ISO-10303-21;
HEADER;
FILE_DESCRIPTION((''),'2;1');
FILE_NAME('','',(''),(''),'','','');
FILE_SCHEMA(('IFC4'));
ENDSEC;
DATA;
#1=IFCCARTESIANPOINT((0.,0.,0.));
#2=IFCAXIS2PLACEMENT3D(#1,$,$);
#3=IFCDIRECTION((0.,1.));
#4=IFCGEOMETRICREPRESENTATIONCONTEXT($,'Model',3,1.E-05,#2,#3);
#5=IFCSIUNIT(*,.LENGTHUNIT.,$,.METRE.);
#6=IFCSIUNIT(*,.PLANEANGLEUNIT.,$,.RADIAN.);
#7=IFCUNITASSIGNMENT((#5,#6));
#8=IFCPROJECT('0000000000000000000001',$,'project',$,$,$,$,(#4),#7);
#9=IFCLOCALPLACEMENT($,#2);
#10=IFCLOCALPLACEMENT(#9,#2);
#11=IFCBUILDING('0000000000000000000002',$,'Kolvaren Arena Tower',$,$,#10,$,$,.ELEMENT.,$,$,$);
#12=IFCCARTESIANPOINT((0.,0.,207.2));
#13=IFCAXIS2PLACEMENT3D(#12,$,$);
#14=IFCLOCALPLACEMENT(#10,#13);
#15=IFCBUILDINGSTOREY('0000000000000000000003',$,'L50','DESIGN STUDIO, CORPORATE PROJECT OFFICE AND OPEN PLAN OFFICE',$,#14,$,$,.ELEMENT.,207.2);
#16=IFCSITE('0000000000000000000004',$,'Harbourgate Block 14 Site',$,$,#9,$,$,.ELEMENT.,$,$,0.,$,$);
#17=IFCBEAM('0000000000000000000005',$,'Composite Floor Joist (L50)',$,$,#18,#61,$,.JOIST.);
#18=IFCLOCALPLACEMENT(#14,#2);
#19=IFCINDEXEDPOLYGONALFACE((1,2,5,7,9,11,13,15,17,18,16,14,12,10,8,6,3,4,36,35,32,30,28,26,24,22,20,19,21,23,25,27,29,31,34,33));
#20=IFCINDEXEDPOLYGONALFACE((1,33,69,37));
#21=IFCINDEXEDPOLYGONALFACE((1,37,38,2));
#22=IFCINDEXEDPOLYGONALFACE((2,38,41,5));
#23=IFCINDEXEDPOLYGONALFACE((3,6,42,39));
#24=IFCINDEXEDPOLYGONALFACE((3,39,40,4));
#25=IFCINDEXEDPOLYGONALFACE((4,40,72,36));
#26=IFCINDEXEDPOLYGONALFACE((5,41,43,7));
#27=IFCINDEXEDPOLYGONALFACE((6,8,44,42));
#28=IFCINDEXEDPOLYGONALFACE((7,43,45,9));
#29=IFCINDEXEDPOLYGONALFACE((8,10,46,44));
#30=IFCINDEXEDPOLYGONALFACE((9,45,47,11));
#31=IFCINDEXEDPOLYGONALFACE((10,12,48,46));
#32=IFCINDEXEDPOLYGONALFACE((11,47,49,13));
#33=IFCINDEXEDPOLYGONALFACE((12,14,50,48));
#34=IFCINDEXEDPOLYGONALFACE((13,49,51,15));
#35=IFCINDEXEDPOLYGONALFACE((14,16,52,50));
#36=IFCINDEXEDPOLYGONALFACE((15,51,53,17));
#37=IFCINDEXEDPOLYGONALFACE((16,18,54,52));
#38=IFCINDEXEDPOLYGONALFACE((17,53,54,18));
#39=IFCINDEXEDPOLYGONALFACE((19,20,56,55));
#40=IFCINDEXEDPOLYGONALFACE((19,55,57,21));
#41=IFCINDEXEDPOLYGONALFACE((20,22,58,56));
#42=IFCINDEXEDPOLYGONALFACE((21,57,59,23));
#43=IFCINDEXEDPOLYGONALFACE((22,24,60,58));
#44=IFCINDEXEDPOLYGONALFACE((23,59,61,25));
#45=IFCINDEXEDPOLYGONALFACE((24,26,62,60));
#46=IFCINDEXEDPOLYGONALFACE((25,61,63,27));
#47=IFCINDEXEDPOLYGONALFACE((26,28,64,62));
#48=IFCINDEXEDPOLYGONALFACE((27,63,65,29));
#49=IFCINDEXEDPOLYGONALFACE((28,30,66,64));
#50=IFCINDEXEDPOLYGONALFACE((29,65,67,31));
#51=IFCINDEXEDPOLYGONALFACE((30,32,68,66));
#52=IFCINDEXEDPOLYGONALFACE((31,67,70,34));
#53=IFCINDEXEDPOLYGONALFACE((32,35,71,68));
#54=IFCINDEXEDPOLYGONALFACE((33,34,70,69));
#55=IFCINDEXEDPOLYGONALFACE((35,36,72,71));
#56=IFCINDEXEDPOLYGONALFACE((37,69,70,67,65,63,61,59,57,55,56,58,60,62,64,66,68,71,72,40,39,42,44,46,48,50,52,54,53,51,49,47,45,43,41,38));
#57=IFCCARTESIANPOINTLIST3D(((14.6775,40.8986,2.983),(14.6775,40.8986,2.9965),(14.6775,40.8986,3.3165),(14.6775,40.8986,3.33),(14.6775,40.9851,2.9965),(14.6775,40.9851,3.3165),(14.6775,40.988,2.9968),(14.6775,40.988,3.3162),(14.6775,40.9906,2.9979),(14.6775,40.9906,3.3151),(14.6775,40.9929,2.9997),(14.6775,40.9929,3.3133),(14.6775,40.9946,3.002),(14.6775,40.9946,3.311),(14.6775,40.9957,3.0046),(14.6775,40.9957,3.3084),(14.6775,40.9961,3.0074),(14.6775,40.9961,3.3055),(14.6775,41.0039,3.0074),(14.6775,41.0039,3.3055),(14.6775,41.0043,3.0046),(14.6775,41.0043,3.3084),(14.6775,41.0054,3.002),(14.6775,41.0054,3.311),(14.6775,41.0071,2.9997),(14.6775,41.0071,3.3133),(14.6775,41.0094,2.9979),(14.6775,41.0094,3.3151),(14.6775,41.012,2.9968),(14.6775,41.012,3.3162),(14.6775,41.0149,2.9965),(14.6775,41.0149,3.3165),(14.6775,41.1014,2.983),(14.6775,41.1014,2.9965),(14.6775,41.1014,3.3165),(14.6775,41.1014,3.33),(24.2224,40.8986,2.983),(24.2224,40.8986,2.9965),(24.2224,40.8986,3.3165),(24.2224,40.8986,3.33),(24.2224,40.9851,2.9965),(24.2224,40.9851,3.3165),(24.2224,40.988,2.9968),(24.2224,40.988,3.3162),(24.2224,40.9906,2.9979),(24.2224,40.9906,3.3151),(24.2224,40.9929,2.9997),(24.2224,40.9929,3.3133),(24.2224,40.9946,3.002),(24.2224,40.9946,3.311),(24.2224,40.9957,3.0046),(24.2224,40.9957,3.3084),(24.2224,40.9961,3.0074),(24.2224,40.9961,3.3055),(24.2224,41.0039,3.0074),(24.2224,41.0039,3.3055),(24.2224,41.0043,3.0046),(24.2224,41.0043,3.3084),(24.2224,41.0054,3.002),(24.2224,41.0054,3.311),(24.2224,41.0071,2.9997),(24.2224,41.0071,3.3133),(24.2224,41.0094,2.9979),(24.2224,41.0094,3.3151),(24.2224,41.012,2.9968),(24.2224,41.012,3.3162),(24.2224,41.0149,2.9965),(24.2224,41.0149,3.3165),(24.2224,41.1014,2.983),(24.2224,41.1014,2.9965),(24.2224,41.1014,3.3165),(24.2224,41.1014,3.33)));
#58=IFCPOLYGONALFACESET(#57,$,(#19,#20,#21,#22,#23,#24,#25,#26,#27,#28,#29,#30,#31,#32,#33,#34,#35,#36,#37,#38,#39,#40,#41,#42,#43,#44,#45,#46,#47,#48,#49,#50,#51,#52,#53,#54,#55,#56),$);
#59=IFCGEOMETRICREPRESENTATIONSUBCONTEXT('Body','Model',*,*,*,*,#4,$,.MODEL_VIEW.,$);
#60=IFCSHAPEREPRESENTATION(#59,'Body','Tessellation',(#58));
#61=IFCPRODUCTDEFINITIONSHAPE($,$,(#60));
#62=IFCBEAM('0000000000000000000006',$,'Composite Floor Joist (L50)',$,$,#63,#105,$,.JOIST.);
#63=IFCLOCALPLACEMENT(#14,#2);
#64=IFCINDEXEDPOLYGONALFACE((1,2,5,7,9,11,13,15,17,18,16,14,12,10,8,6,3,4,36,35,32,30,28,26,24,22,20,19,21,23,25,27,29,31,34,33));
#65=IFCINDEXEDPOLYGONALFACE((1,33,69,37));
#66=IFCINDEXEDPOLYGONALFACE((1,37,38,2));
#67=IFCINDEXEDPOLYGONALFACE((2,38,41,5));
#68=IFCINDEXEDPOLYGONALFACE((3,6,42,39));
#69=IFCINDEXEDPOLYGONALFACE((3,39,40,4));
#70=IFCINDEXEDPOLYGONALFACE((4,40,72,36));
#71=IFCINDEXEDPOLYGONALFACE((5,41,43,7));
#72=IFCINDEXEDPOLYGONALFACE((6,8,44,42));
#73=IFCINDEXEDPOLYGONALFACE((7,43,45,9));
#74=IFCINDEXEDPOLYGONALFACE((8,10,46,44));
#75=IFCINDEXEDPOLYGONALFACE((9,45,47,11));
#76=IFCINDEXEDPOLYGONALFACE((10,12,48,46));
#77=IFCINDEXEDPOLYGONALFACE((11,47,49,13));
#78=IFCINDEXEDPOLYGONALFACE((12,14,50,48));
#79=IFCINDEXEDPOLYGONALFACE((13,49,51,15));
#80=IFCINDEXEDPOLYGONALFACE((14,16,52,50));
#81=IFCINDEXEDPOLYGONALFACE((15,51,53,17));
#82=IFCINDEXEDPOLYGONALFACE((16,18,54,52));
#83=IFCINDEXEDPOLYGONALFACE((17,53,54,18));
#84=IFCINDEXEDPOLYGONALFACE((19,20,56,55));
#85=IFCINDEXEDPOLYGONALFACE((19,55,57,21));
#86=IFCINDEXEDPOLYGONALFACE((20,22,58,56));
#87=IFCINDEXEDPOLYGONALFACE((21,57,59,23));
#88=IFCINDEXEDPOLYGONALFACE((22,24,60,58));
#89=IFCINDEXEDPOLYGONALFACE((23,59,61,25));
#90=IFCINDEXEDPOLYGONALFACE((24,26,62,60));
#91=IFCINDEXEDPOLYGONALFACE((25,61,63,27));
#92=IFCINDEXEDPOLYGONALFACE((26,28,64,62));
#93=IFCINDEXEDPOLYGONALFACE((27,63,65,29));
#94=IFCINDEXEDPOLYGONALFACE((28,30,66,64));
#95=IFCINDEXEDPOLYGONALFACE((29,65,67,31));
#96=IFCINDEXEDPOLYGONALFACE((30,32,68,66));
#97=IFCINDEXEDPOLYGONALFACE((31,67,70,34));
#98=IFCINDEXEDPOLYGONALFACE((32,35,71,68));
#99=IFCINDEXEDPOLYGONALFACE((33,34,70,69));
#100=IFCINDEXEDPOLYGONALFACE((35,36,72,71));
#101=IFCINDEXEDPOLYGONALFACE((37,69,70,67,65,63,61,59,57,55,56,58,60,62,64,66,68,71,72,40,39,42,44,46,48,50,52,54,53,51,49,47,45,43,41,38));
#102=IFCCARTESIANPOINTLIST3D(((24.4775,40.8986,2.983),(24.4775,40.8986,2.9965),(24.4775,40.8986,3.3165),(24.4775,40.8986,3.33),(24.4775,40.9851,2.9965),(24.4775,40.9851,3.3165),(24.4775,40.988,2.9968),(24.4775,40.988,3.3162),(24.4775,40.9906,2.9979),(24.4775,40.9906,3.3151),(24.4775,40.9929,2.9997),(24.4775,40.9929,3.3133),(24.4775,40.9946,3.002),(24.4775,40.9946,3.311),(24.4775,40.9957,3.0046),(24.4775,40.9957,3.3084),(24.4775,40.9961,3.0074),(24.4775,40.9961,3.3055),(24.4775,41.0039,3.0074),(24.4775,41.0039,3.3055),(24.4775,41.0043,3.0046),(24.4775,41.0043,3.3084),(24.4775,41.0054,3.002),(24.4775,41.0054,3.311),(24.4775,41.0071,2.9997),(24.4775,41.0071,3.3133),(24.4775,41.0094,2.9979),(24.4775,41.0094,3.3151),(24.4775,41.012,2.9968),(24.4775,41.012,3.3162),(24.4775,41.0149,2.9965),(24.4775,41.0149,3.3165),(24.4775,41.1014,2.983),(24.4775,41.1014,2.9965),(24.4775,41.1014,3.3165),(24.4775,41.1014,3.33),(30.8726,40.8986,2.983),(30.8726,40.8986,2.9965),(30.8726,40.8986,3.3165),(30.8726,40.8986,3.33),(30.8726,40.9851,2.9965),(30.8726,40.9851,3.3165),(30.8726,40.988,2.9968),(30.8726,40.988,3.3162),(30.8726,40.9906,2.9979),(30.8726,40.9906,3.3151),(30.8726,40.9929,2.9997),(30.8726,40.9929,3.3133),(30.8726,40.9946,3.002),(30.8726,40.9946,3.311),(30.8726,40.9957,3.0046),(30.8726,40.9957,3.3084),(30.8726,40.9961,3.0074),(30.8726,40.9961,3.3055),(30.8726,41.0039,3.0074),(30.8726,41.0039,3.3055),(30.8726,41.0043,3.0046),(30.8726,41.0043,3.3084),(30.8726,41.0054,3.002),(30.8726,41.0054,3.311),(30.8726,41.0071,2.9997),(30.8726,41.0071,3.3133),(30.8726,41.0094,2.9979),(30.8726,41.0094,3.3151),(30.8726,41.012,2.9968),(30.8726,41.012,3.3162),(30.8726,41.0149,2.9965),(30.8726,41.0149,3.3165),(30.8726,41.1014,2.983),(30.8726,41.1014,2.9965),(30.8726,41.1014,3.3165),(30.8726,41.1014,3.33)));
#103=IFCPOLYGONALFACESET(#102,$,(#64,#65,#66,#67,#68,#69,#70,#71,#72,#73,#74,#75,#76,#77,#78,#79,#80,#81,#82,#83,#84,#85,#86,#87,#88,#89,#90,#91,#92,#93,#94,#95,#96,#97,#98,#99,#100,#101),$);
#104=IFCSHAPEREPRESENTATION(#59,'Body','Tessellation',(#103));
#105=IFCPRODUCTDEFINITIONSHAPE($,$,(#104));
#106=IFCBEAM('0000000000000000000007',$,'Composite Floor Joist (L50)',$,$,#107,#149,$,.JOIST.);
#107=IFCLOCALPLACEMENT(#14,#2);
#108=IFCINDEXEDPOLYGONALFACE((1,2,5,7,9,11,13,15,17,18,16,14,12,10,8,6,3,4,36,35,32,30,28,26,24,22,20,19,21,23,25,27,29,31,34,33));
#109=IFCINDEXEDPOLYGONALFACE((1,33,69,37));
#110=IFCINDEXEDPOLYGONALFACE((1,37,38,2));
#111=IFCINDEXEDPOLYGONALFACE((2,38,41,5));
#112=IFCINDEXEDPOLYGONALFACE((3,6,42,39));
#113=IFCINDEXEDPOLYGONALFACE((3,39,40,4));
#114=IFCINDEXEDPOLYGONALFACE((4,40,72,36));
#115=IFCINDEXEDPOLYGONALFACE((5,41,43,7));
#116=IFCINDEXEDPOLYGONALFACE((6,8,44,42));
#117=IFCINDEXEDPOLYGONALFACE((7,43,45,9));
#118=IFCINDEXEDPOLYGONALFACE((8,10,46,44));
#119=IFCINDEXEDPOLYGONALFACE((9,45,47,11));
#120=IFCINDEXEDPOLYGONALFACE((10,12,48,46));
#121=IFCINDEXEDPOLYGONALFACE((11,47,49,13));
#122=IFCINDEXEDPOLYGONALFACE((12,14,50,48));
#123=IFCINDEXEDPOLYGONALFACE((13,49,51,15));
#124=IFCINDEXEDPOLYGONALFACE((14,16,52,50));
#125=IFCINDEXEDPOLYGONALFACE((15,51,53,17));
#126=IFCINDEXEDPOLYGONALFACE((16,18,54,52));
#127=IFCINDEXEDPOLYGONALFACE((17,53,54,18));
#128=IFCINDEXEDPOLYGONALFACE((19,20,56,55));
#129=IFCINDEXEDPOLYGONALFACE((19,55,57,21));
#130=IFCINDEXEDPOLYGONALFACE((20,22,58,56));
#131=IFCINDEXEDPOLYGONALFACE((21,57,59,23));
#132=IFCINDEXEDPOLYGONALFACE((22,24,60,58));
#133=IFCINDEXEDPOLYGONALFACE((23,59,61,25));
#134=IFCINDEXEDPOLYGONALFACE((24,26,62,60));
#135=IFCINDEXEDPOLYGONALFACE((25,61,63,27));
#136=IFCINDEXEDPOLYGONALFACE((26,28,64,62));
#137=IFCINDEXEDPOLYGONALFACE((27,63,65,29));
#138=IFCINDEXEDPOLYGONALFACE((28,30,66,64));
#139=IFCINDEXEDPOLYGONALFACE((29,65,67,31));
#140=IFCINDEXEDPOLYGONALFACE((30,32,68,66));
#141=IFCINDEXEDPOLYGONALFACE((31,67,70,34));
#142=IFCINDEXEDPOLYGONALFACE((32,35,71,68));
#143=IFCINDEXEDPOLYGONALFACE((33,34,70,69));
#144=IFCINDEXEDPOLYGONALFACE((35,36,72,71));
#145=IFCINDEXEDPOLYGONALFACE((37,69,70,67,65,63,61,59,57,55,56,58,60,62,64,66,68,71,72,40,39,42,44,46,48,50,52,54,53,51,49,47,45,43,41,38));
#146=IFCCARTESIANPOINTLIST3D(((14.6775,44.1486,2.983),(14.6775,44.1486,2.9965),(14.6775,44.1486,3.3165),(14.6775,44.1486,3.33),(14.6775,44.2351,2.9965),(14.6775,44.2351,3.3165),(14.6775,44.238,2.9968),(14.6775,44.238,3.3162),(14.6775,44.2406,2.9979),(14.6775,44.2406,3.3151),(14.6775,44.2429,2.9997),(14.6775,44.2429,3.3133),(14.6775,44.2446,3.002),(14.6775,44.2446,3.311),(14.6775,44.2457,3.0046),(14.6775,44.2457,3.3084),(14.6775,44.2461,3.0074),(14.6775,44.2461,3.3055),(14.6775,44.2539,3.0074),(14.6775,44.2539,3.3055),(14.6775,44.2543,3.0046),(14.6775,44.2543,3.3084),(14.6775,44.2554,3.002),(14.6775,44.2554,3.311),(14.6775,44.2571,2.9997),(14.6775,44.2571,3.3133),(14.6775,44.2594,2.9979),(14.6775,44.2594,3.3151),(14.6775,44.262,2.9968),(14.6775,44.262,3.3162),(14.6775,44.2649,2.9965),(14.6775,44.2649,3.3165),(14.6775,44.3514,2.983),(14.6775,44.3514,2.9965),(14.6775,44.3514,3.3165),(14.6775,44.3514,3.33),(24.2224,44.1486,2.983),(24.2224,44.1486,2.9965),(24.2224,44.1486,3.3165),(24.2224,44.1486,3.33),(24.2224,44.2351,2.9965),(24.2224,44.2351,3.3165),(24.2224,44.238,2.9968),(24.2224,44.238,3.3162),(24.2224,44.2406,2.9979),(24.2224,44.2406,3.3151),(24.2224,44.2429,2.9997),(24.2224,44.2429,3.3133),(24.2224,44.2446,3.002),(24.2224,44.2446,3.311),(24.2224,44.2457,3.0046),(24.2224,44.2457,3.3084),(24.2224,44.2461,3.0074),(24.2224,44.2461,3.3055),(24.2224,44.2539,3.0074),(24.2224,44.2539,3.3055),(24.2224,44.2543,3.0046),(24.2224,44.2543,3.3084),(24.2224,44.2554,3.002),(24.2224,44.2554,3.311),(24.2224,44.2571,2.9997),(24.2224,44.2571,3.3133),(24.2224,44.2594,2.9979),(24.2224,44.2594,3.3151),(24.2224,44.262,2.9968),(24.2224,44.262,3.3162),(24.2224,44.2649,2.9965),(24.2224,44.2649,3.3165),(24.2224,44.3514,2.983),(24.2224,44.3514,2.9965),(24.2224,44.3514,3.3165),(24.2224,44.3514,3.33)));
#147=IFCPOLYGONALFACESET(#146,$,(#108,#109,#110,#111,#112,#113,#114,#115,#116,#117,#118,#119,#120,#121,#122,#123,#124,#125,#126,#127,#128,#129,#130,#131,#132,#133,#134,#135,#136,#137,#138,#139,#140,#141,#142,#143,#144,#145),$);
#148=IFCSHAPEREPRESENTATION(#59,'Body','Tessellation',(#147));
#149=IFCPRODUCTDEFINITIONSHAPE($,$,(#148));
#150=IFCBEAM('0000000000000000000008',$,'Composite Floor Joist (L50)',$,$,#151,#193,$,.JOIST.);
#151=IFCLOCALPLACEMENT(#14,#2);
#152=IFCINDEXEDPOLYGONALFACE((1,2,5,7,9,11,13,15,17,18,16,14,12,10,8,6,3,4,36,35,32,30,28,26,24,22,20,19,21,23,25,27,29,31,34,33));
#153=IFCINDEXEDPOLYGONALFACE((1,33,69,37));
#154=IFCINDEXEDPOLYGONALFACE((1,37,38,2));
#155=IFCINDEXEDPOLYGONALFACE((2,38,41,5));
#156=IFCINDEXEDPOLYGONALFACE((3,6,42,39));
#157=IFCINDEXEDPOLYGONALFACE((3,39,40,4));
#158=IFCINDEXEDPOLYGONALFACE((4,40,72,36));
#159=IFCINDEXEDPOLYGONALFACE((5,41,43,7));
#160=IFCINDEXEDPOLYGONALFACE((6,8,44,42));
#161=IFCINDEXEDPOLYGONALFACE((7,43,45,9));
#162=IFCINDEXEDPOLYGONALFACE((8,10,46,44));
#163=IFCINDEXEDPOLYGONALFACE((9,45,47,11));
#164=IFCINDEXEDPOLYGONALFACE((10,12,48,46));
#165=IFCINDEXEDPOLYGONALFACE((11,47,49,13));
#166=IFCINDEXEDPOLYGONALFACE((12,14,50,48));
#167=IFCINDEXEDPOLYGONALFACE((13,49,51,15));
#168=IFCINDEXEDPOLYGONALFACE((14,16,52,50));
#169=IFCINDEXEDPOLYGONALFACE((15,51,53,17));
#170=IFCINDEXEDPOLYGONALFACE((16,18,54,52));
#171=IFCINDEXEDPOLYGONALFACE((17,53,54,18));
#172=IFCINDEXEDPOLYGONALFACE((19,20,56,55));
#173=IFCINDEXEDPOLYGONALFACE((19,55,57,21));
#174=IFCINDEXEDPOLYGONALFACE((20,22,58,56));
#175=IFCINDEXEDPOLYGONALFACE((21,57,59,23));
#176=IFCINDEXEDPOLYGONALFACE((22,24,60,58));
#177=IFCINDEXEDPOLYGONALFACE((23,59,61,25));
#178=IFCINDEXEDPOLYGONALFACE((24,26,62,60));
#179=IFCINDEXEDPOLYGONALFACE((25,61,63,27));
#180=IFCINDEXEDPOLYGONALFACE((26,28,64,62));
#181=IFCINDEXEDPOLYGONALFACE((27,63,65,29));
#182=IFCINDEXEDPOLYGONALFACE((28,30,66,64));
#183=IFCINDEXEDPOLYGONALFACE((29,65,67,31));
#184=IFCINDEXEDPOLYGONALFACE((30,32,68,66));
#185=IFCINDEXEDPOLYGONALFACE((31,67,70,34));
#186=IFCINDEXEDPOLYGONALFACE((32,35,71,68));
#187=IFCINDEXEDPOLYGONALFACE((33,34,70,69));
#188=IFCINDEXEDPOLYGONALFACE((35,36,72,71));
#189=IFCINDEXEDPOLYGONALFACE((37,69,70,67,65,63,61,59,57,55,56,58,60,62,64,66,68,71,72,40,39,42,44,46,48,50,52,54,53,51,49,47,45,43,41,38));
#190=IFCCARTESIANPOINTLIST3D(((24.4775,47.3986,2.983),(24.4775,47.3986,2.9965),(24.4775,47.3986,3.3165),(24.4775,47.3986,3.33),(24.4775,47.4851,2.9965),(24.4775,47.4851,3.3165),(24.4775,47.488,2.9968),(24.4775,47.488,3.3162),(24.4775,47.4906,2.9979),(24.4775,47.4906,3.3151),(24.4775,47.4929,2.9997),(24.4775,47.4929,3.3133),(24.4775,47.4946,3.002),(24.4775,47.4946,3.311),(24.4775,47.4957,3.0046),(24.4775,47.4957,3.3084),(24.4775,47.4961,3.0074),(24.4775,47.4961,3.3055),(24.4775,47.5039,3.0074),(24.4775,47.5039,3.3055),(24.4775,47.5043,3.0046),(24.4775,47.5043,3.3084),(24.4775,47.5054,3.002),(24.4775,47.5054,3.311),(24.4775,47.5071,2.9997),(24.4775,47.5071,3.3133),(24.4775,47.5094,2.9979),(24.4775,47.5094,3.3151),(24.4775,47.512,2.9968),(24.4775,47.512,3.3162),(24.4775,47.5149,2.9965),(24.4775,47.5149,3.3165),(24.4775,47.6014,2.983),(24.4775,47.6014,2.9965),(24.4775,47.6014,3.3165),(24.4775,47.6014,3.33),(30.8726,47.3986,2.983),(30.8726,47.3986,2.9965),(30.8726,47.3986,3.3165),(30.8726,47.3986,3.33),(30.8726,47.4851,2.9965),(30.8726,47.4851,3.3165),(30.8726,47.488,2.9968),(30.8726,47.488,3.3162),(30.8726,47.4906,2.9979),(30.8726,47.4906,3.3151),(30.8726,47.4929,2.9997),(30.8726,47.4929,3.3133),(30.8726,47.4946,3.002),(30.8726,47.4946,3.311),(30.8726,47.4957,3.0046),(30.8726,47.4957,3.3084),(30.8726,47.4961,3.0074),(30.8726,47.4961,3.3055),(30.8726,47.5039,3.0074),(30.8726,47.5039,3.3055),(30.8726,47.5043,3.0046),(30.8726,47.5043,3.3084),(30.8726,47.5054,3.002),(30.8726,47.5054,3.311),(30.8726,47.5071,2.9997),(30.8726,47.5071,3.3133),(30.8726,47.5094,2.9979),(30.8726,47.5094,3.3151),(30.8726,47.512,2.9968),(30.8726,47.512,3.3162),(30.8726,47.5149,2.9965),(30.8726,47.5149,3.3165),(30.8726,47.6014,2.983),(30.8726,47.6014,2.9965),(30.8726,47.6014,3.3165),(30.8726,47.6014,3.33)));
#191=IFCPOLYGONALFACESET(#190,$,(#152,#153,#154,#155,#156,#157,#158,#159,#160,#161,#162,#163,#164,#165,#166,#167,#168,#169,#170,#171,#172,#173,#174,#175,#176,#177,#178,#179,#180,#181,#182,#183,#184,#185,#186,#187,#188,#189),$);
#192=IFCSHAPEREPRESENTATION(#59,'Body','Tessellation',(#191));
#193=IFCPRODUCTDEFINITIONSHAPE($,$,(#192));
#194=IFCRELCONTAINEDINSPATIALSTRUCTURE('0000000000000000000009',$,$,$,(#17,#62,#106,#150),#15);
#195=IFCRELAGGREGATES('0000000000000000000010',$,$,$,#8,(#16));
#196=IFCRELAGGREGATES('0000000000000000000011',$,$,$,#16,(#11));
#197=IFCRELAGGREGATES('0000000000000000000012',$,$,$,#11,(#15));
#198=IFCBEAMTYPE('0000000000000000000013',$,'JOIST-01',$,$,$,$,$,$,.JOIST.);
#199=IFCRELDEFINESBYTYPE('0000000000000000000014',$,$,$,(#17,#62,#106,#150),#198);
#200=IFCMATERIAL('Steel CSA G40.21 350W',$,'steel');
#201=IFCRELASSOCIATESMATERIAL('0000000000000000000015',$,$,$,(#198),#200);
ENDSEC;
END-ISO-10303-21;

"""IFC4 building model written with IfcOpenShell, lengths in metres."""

from ifc_helpers import new_model, si_unit, direction, frame, origin, origin_2d, place, context, subcontext, project, spatial, i_section, extrude, material, material_profile, profile_set, type_object, element, save


model = new_model("IFC4")

# Units and contexts
model_context = context("Model", 3, precision=1e-05, world=origin(), true_north=direction((0.0, 1.0)))
body_context = subcontext(model_context, "Body", "Model", "MODEL_VIEW")
ifc_project = project(units=[si_unit("LENGTHUNIT", "METRE"), si_unit("PLANEANGLEUNIT", "RADIAN")], contexts=[model_context])

# Site, building, storey
site_placement = place(None, origin())
site = spatial("IfcSite", under=ifc_project, at=site_placement, Name="Harbourgate Block 14 Site", CompositionType="ELEMENT", RefElevation=0.0)
building_placement = place(site_placement, origin())
building = spatial("IfcBuilding", under=site, at=building_placement, Name="Kolvaren Arena Tower", CompositionType="ELEMENT")
storey_placement = place(building_placement, frame((0.0, 0.0, 207.2)))
storey = spatial("IfcBuildingStorey", under=building, at=storey_placement, Name="L50", Description="DESIGN STUDIO, CORPORATE PROJECT OFFICE AND OPEN PLAN OFFICE", CompositionType="ELEMENT", Elevation=207.2)

# Beams
ifc_material_1 = material(Name="Steel CSA G40.21 350W", Category="steel")
ifc_material_profile_1 = material_profile(ifc_material_1, i_section(OverallWidth=0.2029, OverallDepth=0.3469, WebThickness=0.0078, FlangeThickness=0.0134, FilletRadius=0.011, at=origin_2d()), Name="W360x64")
ifc_profile_set_1 = profile_set([ifc_material_profile_1], Name="Steel CSA G40.21 350W")
beam_type_1 = type_object("IfcBeamType", Name="JOIST-01", PredefinedType="JOIST", material=ifc_profile_set_1)
beam_1_placement = place(storey_placement, frame((14.6775, 41.0, 3.1565), z_axis=(1.0, 0.0, 0.0), x_axis=(0.0, 1.0, 0.0)))
element("IfcBeam", 1, at=beam_1_placement, inside=storey, type_object=beam_type_1, Name="Composite Floor Joist (L50)", PredefinedType="JOIST", context=body_context, shape_type="SweptSolid", body=[
    extrude(i_section(OverallWidth=0.2029, OverallDepth=0.3469, WebThickness=0.0078, FlangeThickness=0.0134, FilletRadius=0.011, at=origin_2d()), origin(), (0.0, 0.0, 1.0), 9.5449),
])
beam_2_placement = place(storey_placement, frame((24.4775, 41.0, 3.1565), z_axis=(1.0, 0.0, 0.0), x_axis=(0.0, 1.0, 0.0)))
element("IfcBeam", 2, at=beam_2_placement, inside=storey, type_object=beam_type_1, Name="Composite Floor Joist (L50)", PredefinedType="JOIST", context=body_context, shape_type="SweptSolid", body=[
    extrude(i_section(OverallWidth=0.2029, OverallDepth=0.3469, WebThickness=0.0078, FlangeThickness=0.0134, FilletRadius=0.011, at=origin_2d()), origin(), (0.0, 0.0, 1.0), 6.395),
])
beam_3_placement = place(storey_placement, frame((14.6775, 44.25, 3.1565), z_axis=(1.0, 0.0, 0.0), x_axis=(0.0, 1.0, 0.0)))
element("IfcBeam", 3, at=beam_3_placement, inside=storey, type_object=beam_type_1, Name="Composite Floor Joist (L50)", PredefinedType="JOIST", context=body_context, shape_type="SweptSolid", body=[
    extrude(i_section(OverallWidth=0.2029, OverallDepth=0.3469, WebThickness=0.0078, FlangeThickness=0.0134, FilletRadius=0.011, at=origin_2d()), origin(), (0.0, 0.0, 1.0), 9.5449),
])
beam_4_placement = place(storey_placement, frame((24.4775, 47.5, 3.1565), z_axis=(1.0, 0.0, 0.0), x_axis=(0.0, 1.0, 0.0)))
element("IfcBeam", 4, at=beam_4_placement, inside=storey, type_object=beam_type_1, Name="Composite Floor Joist (L50)", PredefinedType="JOIST", context=body_context, shape_type="SweptSolid", body=[
    extrude(i_section(OverallWidth=0.2029, OverallDepth=0.3469, WebThickness=0.0078, FlangeThickness=0.0134, FilletRadius=0.011, at=origin_2d()), origin(), (0.0, 0.0, 1.0), 6.395),
])

save(model, "model.ifc")
